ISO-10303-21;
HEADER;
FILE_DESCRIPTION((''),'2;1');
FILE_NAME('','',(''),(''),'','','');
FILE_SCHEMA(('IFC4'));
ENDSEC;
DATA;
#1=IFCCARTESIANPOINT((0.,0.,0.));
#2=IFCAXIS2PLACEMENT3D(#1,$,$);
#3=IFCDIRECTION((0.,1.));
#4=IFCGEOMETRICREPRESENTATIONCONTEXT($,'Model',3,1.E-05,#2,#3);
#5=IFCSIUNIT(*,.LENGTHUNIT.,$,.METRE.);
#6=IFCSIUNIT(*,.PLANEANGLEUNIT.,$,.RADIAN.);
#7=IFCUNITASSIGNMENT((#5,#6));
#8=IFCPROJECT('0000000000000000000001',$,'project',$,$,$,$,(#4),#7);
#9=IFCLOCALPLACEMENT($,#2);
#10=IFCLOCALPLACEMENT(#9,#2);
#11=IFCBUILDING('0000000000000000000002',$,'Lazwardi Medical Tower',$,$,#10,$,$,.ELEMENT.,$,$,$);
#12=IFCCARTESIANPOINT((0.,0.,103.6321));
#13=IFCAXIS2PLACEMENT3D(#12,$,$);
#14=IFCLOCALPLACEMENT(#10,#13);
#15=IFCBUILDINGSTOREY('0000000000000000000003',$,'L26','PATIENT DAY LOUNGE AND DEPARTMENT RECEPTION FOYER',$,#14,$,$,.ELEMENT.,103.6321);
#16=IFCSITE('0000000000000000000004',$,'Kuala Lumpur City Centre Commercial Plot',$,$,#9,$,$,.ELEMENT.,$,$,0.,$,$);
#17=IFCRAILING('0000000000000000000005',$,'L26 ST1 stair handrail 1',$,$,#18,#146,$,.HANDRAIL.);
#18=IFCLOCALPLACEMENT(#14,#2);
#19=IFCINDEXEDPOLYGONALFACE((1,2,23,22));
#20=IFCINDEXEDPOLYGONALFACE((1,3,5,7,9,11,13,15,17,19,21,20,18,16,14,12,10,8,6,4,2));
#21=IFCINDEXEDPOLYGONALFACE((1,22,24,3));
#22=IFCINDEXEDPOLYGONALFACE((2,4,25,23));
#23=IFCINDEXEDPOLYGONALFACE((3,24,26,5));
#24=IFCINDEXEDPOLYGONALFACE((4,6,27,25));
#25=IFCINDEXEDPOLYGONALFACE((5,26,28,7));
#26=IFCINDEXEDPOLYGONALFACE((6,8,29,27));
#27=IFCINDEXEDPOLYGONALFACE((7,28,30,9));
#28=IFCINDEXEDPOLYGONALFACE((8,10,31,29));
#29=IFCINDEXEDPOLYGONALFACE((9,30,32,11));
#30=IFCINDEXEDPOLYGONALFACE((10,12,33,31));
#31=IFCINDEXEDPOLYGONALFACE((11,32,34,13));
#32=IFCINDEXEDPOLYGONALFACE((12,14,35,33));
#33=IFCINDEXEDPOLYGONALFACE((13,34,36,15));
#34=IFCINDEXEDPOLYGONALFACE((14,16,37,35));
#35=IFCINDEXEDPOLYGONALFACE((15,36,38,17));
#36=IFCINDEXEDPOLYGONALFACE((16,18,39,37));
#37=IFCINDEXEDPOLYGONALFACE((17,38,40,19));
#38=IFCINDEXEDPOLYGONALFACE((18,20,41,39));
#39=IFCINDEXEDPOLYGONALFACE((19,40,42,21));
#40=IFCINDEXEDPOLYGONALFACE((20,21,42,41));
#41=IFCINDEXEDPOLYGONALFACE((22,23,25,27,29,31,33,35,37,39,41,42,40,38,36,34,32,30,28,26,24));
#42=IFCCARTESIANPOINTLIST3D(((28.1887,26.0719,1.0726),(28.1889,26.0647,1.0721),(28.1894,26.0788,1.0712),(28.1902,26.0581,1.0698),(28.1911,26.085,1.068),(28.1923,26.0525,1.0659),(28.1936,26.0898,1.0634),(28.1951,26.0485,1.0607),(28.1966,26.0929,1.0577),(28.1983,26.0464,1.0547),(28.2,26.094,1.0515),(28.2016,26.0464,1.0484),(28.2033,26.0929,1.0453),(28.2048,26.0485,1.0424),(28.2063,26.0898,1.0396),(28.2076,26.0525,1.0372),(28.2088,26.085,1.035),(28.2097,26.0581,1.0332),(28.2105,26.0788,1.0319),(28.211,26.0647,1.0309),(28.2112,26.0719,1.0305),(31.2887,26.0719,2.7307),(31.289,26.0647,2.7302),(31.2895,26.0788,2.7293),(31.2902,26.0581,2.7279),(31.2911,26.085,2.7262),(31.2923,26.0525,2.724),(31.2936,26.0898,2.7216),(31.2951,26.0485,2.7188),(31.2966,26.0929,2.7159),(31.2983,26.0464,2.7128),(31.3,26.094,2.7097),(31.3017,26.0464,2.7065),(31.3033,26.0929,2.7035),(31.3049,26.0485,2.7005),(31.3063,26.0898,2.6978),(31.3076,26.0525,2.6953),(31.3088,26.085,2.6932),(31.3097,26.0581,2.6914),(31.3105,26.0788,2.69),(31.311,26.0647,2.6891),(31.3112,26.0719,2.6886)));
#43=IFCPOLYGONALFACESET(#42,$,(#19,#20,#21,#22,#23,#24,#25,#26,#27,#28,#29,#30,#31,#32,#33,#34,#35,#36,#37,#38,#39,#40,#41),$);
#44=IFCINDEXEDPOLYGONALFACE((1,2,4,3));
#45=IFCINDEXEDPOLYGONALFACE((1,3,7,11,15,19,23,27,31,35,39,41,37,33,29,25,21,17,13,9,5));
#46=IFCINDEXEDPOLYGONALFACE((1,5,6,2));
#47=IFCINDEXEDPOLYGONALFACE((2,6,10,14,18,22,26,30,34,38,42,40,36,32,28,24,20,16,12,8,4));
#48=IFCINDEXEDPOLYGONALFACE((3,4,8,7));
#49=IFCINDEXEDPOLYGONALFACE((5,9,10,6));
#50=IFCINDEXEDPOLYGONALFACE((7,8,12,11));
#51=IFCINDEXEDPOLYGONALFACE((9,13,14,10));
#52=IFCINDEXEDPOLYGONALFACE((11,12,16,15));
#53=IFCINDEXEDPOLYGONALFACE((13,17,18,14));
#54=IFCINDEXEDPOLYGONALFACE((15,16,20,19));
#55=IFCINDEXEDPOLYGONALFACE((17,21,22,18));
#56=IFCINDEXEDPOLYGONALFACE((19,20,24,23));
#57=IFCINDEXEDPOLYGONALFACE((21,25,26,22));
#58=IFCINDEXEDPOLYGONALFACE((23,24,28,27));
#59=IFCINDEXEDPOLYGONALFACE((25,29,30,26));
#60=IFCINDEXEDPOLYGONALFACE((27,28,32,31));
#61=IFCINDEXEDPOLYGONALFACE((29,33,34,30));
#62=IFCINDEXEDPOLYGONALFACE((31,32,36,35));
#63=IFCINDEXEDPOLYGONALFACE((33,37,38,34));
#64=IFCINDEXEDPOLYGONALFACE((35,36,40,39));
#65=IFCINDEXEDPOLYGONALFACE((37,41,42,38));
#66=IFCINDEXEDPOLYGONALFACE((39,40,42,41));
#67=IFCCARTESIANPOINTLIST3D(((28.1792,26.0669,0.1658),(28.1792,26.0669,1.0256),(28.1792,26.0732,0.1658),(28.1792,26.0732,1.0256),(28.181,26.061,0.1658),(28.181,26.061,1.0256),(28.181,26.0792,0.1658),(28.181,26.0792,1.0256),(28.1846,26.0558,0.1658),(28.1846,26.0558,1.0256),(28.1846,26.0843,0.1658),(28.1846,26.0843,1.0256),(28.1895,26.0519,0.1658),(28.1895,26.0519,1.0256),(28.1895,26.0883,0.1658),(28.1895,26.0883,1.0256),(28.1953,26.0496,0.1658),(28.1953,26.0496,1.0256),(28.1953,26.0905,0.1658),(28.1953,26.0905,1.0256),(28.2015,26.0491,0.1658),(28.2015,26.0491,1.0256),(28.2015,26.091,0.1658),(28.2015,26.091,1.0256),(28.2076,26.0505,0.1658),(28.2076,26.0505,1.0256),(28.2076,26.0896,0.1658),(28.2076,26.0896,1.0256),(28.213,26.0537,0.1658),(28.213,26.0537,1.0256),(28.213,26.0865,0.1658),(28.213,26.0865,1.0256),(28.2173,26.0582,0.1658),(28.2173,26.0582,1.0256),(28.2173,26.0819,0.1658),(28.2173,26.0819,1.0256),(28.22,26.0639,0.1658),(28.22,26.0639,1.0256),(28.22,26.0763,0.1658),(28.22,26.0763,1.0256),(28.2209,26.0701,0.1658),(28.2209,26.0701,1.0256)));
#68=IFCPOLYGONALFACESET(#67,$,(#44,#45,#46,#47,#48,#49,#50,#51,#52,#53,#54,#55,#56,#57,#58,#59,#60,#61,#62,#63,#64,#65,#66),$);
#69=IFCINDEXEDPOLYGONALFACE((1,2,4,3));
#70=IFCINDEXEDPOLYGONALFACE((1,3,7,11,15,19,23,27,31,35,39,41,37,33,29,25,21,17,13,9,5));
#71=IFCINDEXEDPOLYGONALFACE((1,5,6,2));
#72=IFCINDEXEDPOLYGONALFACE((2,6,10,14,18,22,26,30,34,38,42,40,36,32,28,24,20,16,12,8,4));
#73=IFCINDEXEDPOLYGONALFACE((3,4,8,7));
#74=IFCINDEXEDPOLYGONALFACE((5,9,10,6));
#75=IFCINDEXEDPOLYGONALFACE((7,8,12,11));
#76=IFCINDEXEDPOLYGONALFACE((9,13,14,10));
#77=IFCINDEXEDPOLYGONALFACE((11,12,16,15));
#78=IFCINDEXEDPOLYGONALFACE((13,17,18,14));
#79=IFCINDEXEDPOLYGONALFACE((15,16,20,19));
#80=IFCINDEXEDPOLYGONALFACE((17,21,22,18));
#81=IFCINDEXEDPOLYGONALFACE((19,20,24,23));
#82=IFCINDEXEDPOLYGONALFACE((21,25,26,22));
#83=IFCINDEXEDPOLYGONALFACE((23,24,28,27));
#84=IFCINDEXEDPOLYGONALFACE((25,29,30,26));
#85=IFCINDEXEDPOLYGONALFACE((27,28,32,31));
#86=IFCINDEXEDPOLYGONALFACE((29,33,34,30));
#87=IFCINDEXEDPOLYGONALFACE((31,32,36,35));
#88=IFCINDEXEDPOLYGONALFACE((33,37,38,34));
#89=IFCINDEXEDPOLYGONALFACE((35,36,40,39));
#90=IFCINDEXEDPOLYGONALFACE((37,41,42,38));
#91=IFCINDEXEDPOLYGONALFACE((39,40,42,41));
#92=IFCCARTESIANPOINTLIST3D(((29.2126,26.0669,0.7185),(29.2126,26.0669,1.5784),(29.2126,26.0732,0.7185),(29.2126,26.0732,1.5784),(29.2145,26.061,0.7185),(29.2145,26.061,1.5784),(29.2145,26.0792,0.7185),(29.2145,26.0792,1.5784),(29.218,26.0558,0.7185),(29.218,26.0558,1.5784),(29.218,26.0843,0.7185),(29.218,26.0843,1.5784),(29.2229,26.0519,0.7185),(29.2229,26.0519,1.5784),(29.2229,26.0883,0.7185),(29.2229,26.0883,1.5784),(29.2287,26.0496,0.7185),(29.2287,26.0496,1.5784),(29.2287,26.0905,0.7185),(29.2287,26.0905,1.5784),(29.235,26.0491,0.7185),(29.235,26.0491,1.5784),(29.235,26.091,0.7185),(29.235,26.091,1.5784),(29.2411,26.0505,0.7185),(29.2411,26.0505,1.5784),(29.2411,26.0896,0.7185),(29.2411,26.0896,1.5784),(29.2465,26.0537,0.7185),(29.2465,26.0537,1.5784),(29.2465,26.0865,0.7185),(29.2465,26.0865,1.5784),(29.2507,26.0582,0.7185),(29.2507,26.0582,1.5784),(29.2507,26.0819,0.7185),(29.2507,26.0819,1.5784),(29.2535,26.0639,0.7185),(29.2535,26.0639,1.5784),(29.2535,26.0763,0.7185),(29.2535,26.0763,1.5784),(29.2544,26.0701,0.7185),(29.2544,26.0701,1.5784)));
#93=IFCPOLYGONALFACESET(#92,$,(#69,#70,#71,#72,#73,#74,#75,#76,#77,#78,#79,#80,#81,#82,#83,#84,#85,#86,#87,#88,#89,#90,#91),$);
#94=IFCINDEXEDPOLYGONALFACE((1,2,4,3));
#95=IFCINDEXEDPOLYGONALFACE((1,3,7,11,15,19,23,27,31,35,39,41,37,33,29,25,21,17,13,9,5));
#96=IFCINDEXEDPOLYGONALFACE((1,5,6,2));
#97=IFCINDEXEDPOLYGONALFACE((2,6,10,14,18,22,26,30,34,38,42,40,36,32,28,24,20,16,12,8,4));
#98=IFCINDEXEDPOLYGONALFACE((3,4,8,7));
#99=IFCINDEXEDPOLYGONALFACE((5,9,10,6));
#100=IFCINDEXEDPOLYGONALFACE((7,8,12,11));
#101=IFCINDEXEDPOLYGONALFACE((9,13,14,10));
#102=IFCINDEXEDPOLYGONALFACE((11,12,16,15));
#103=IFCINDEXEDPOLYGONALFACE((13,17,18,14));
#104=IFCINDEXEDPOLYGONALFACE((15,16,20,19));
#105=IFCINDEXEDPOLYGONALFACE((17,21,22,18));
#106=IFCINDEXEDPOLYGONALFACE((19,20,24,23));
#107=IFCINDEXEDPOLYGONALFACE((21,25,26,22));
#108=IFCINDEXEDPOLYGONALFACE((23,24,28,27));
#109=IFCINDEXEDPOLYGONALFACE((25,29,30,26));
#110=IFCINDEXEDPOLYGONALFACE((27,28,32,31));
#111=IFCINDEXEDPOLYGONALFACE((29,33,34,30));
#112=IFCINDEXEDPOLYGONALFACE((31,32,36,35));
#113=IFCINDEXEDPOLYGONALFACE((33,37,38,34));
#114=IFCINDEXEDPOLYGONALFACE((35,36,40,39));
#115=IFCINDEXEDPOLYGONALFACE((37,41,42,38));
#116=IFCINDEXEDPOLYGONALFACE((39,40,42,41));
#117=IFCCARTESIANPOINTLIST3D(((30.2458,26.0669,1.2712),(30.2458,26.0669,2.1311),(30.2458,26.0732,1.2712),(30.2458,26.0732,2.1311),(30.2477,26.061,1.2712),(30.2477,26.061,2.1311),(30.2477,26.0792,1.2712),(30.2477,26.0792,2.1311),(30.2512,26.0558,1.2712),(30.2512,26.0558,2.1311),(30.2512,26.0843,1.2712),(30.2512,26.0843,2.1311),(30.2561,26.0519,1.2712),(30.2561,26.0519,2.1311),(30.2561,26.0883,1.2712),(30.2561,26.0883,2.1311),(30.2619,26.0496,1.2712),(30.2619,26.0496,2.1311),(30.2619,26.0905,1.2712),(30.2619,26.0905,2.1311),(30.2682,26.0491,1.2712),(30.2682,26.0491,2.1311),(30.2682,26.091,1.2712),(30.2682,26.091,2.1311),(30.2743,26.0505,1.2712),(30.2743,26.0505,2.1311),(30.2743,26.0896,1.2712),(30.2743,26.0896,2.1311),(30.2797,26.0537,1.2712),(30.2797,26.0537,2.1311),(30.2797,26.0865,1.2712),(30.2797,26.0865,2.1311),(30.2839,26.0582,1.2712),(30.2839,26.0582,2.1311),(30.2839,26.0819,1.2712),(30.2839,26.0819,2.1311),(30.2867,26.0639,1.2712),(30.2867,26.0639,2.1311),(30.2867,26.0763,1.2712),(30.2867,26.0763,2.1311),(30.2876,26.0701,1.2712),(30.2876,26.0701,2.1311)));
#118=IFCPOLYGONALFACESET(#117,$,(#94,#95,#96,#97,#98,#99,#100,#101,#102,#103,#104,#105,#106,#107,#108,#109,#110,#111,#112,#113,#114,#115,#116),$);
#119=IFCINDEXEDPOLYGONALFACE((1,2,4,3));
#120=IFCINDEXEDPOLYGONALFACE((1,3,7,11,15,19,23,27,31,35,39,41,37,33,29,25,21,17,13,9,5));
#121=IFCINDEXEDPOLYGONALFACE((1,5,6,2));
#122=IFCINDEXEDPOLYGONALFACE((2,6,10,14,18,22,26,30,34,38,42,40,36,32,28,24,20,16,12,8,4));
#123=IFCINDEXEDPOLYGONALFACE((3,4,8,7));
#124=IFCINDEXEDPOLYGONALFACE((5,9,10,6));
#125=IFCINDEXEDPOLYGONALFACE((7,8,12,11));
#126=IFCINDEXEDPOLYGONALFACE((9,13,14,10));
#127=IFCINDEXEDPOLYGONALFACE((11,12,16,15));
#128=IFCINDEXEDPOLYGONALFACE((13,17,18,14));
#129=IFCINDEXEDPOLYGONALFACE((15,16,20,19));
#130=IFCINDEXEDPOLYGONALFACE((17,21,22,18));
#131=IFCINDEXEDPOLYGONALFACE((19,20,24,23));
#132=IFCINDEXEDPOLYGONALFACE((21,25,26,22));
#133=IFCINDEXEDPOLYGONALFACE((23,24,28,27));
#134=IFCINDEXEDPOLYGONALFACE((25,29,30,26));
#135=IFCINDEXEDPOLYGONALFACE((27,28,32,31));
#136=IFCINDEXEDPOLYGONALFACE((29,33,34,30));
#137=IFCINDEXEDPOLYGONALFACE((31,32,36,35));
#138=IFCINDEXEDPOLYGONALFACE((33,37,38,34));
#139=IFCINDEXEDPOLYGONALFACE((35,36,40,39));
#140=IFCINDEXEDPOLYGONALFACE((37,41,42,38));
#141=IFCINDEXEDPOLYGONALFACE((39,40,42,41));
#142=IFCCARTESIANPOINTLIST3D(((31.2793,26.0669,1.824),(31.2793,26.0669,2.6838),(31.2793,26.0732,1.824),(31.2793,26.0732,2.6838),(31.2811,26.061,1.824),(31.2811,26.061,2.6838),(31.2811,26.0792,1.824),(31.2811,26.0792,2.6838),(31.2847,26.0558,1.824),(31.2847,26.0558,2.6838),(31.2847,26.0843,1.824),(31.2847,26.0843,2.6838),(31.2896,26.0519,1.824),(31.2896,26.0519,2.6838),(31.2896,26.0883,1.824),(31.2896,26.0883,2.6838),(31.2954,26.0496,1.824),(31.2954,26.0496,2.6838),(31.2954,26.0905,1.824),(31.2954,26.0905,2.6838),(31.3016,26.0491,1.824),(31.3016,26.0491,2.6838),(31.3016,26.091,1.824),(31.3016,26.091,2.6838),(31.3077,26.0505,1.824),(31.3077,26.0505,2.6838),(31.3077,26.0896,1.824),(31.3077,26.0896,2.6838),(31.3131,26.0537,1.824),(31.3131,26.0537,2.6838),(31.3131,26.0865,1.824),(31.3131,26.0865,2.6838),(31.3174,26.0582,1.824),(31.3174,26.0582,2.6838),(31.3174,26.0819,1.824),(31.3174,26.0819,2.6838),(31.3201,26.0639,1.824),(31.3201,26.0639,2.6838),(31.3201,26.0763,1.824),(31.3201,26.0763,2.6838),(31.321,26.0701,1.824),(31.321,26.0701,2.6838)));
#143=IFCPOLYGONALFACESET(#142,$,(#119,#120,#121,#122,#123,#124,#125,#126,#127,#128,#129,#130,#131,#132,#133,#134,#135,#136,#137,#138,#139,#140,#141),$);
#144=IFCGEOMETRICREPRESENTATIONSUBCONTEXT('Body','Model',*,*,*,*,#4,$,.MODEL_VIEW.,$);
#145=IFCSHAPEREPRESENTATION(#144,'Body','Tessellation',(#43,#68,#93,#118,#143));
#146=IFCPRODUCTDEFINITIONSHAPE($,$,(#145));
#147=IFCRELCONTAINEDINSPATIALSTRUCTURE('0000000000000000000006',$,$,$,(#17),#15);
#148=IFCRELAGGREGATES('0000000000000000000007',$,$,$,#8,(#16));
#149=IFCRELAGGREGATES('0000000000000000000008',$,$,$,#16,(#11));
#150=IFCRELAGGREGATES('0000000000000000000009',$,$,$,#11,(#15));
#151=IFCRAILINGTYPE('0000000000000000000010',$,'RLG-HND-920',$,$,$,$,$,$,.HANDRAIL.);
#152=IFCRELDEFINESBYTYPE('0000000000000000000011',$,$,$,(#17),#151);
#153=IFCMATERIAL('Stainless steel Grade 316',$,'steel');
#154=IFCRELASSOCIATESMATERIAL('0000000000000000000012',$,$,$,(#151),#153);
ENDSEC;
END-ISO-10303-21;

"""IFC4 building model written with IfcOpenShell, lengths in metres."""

from ifc_helpers import new_model, si_unit, direction, frame, origin, origin_2d, place, context, subcontext, project, spatial, circle, extrude, material, type_object, element, save


model = new_model("IFC4")

# Units and contexts
model_context = context("Model", 3, precision=1e-05, world=origin(), true_north=direction((0.0, 1.0)))
body_context = subcontext(model_context, "Body", "Model", "MODEL_VIEW")
ifc_project = project(units=[si_unit("LENGTHUNIT", "METRE"), si_unit("PLANEANGLEUNIT", "RADIAN")], contexts=[model_context])

# Site, building, storey
site_placement = place(None, origin())
site = spatial("IfcSite", under=ifc_project, at=site_placement, Name="Kuala Lumpur City Centre Commercial Plot", CompositionType="ELEMENT", RefElevation=0.0)
building_placement = place(site_placement, origin())
building = spatial("IfcBuilding", under=site, at=building_placement, Name="Lazwardi Medical Tower", CompositionType="ELEMENT")
storey_placement = place(building_placement, frame((0.0, 0.0, 103.6321)))
storey = spatial("IfcBuildingStorey", under=building, at=storey_placement, Name="L26", Description="PATIENT DAY LOUNGE AND DEPARTMENT RECEPTION FOYER", CompositionType="ELEMENT", Elevation=103.6321)

# Railing
ifc_material_1 = material(Name="Stainless steel Grade 316", Category="steel")
railing_type_1 = type_object("IfcRailingType", Name="RLG-HND-920", PredefinedType="HANDRAIL", material=ifc_material_1)
railing_1_placement = place(storey_placement, frame((28.2, 26.0701, 0.1658)))
element("IfcRailing", 1, at=railing_1_placement, inside=storey, type_object=railing_type_1, Name="L26 ST1 stair handrail 1", PredefinedType="HANDRAIL", context=body_context, shape_type="SweptSolid", body=[
    extrude(circle(Radius=0.0239, at=origin_2d()), frame((0.0, 0.0, 0.8857), z_axis=(0.881783, 0.0, 0.471655), x_axis=(0.0, 1.0, 0.0)), (0.0, 0.0, 1.0), 3.5156),
    extrude(circle(Radius=0.021, at=origin_2d()), origin(), (0.0, 0.0, 1.0), 0.8599),
    extrude(circle(Radius=0.021, at=origin_2d()), frame((1.0334, 0.0, 0.5527)), (0.0, 0.0, 1.0), 0.8599),
    extrude(circle(Radius=0.021, at=origin_2d()), frame((2.0667, 0.0, 1.1055)), (0.0, 0.0, 1.0), 0.8599),
    extrude(circle(Radius=0.021, at=origin_2d()), frame((3.1001, 0.0, 1.6582)), (0.0, 0.0, 1.0), 0.8599),
])

save(model, "model.ifc")
